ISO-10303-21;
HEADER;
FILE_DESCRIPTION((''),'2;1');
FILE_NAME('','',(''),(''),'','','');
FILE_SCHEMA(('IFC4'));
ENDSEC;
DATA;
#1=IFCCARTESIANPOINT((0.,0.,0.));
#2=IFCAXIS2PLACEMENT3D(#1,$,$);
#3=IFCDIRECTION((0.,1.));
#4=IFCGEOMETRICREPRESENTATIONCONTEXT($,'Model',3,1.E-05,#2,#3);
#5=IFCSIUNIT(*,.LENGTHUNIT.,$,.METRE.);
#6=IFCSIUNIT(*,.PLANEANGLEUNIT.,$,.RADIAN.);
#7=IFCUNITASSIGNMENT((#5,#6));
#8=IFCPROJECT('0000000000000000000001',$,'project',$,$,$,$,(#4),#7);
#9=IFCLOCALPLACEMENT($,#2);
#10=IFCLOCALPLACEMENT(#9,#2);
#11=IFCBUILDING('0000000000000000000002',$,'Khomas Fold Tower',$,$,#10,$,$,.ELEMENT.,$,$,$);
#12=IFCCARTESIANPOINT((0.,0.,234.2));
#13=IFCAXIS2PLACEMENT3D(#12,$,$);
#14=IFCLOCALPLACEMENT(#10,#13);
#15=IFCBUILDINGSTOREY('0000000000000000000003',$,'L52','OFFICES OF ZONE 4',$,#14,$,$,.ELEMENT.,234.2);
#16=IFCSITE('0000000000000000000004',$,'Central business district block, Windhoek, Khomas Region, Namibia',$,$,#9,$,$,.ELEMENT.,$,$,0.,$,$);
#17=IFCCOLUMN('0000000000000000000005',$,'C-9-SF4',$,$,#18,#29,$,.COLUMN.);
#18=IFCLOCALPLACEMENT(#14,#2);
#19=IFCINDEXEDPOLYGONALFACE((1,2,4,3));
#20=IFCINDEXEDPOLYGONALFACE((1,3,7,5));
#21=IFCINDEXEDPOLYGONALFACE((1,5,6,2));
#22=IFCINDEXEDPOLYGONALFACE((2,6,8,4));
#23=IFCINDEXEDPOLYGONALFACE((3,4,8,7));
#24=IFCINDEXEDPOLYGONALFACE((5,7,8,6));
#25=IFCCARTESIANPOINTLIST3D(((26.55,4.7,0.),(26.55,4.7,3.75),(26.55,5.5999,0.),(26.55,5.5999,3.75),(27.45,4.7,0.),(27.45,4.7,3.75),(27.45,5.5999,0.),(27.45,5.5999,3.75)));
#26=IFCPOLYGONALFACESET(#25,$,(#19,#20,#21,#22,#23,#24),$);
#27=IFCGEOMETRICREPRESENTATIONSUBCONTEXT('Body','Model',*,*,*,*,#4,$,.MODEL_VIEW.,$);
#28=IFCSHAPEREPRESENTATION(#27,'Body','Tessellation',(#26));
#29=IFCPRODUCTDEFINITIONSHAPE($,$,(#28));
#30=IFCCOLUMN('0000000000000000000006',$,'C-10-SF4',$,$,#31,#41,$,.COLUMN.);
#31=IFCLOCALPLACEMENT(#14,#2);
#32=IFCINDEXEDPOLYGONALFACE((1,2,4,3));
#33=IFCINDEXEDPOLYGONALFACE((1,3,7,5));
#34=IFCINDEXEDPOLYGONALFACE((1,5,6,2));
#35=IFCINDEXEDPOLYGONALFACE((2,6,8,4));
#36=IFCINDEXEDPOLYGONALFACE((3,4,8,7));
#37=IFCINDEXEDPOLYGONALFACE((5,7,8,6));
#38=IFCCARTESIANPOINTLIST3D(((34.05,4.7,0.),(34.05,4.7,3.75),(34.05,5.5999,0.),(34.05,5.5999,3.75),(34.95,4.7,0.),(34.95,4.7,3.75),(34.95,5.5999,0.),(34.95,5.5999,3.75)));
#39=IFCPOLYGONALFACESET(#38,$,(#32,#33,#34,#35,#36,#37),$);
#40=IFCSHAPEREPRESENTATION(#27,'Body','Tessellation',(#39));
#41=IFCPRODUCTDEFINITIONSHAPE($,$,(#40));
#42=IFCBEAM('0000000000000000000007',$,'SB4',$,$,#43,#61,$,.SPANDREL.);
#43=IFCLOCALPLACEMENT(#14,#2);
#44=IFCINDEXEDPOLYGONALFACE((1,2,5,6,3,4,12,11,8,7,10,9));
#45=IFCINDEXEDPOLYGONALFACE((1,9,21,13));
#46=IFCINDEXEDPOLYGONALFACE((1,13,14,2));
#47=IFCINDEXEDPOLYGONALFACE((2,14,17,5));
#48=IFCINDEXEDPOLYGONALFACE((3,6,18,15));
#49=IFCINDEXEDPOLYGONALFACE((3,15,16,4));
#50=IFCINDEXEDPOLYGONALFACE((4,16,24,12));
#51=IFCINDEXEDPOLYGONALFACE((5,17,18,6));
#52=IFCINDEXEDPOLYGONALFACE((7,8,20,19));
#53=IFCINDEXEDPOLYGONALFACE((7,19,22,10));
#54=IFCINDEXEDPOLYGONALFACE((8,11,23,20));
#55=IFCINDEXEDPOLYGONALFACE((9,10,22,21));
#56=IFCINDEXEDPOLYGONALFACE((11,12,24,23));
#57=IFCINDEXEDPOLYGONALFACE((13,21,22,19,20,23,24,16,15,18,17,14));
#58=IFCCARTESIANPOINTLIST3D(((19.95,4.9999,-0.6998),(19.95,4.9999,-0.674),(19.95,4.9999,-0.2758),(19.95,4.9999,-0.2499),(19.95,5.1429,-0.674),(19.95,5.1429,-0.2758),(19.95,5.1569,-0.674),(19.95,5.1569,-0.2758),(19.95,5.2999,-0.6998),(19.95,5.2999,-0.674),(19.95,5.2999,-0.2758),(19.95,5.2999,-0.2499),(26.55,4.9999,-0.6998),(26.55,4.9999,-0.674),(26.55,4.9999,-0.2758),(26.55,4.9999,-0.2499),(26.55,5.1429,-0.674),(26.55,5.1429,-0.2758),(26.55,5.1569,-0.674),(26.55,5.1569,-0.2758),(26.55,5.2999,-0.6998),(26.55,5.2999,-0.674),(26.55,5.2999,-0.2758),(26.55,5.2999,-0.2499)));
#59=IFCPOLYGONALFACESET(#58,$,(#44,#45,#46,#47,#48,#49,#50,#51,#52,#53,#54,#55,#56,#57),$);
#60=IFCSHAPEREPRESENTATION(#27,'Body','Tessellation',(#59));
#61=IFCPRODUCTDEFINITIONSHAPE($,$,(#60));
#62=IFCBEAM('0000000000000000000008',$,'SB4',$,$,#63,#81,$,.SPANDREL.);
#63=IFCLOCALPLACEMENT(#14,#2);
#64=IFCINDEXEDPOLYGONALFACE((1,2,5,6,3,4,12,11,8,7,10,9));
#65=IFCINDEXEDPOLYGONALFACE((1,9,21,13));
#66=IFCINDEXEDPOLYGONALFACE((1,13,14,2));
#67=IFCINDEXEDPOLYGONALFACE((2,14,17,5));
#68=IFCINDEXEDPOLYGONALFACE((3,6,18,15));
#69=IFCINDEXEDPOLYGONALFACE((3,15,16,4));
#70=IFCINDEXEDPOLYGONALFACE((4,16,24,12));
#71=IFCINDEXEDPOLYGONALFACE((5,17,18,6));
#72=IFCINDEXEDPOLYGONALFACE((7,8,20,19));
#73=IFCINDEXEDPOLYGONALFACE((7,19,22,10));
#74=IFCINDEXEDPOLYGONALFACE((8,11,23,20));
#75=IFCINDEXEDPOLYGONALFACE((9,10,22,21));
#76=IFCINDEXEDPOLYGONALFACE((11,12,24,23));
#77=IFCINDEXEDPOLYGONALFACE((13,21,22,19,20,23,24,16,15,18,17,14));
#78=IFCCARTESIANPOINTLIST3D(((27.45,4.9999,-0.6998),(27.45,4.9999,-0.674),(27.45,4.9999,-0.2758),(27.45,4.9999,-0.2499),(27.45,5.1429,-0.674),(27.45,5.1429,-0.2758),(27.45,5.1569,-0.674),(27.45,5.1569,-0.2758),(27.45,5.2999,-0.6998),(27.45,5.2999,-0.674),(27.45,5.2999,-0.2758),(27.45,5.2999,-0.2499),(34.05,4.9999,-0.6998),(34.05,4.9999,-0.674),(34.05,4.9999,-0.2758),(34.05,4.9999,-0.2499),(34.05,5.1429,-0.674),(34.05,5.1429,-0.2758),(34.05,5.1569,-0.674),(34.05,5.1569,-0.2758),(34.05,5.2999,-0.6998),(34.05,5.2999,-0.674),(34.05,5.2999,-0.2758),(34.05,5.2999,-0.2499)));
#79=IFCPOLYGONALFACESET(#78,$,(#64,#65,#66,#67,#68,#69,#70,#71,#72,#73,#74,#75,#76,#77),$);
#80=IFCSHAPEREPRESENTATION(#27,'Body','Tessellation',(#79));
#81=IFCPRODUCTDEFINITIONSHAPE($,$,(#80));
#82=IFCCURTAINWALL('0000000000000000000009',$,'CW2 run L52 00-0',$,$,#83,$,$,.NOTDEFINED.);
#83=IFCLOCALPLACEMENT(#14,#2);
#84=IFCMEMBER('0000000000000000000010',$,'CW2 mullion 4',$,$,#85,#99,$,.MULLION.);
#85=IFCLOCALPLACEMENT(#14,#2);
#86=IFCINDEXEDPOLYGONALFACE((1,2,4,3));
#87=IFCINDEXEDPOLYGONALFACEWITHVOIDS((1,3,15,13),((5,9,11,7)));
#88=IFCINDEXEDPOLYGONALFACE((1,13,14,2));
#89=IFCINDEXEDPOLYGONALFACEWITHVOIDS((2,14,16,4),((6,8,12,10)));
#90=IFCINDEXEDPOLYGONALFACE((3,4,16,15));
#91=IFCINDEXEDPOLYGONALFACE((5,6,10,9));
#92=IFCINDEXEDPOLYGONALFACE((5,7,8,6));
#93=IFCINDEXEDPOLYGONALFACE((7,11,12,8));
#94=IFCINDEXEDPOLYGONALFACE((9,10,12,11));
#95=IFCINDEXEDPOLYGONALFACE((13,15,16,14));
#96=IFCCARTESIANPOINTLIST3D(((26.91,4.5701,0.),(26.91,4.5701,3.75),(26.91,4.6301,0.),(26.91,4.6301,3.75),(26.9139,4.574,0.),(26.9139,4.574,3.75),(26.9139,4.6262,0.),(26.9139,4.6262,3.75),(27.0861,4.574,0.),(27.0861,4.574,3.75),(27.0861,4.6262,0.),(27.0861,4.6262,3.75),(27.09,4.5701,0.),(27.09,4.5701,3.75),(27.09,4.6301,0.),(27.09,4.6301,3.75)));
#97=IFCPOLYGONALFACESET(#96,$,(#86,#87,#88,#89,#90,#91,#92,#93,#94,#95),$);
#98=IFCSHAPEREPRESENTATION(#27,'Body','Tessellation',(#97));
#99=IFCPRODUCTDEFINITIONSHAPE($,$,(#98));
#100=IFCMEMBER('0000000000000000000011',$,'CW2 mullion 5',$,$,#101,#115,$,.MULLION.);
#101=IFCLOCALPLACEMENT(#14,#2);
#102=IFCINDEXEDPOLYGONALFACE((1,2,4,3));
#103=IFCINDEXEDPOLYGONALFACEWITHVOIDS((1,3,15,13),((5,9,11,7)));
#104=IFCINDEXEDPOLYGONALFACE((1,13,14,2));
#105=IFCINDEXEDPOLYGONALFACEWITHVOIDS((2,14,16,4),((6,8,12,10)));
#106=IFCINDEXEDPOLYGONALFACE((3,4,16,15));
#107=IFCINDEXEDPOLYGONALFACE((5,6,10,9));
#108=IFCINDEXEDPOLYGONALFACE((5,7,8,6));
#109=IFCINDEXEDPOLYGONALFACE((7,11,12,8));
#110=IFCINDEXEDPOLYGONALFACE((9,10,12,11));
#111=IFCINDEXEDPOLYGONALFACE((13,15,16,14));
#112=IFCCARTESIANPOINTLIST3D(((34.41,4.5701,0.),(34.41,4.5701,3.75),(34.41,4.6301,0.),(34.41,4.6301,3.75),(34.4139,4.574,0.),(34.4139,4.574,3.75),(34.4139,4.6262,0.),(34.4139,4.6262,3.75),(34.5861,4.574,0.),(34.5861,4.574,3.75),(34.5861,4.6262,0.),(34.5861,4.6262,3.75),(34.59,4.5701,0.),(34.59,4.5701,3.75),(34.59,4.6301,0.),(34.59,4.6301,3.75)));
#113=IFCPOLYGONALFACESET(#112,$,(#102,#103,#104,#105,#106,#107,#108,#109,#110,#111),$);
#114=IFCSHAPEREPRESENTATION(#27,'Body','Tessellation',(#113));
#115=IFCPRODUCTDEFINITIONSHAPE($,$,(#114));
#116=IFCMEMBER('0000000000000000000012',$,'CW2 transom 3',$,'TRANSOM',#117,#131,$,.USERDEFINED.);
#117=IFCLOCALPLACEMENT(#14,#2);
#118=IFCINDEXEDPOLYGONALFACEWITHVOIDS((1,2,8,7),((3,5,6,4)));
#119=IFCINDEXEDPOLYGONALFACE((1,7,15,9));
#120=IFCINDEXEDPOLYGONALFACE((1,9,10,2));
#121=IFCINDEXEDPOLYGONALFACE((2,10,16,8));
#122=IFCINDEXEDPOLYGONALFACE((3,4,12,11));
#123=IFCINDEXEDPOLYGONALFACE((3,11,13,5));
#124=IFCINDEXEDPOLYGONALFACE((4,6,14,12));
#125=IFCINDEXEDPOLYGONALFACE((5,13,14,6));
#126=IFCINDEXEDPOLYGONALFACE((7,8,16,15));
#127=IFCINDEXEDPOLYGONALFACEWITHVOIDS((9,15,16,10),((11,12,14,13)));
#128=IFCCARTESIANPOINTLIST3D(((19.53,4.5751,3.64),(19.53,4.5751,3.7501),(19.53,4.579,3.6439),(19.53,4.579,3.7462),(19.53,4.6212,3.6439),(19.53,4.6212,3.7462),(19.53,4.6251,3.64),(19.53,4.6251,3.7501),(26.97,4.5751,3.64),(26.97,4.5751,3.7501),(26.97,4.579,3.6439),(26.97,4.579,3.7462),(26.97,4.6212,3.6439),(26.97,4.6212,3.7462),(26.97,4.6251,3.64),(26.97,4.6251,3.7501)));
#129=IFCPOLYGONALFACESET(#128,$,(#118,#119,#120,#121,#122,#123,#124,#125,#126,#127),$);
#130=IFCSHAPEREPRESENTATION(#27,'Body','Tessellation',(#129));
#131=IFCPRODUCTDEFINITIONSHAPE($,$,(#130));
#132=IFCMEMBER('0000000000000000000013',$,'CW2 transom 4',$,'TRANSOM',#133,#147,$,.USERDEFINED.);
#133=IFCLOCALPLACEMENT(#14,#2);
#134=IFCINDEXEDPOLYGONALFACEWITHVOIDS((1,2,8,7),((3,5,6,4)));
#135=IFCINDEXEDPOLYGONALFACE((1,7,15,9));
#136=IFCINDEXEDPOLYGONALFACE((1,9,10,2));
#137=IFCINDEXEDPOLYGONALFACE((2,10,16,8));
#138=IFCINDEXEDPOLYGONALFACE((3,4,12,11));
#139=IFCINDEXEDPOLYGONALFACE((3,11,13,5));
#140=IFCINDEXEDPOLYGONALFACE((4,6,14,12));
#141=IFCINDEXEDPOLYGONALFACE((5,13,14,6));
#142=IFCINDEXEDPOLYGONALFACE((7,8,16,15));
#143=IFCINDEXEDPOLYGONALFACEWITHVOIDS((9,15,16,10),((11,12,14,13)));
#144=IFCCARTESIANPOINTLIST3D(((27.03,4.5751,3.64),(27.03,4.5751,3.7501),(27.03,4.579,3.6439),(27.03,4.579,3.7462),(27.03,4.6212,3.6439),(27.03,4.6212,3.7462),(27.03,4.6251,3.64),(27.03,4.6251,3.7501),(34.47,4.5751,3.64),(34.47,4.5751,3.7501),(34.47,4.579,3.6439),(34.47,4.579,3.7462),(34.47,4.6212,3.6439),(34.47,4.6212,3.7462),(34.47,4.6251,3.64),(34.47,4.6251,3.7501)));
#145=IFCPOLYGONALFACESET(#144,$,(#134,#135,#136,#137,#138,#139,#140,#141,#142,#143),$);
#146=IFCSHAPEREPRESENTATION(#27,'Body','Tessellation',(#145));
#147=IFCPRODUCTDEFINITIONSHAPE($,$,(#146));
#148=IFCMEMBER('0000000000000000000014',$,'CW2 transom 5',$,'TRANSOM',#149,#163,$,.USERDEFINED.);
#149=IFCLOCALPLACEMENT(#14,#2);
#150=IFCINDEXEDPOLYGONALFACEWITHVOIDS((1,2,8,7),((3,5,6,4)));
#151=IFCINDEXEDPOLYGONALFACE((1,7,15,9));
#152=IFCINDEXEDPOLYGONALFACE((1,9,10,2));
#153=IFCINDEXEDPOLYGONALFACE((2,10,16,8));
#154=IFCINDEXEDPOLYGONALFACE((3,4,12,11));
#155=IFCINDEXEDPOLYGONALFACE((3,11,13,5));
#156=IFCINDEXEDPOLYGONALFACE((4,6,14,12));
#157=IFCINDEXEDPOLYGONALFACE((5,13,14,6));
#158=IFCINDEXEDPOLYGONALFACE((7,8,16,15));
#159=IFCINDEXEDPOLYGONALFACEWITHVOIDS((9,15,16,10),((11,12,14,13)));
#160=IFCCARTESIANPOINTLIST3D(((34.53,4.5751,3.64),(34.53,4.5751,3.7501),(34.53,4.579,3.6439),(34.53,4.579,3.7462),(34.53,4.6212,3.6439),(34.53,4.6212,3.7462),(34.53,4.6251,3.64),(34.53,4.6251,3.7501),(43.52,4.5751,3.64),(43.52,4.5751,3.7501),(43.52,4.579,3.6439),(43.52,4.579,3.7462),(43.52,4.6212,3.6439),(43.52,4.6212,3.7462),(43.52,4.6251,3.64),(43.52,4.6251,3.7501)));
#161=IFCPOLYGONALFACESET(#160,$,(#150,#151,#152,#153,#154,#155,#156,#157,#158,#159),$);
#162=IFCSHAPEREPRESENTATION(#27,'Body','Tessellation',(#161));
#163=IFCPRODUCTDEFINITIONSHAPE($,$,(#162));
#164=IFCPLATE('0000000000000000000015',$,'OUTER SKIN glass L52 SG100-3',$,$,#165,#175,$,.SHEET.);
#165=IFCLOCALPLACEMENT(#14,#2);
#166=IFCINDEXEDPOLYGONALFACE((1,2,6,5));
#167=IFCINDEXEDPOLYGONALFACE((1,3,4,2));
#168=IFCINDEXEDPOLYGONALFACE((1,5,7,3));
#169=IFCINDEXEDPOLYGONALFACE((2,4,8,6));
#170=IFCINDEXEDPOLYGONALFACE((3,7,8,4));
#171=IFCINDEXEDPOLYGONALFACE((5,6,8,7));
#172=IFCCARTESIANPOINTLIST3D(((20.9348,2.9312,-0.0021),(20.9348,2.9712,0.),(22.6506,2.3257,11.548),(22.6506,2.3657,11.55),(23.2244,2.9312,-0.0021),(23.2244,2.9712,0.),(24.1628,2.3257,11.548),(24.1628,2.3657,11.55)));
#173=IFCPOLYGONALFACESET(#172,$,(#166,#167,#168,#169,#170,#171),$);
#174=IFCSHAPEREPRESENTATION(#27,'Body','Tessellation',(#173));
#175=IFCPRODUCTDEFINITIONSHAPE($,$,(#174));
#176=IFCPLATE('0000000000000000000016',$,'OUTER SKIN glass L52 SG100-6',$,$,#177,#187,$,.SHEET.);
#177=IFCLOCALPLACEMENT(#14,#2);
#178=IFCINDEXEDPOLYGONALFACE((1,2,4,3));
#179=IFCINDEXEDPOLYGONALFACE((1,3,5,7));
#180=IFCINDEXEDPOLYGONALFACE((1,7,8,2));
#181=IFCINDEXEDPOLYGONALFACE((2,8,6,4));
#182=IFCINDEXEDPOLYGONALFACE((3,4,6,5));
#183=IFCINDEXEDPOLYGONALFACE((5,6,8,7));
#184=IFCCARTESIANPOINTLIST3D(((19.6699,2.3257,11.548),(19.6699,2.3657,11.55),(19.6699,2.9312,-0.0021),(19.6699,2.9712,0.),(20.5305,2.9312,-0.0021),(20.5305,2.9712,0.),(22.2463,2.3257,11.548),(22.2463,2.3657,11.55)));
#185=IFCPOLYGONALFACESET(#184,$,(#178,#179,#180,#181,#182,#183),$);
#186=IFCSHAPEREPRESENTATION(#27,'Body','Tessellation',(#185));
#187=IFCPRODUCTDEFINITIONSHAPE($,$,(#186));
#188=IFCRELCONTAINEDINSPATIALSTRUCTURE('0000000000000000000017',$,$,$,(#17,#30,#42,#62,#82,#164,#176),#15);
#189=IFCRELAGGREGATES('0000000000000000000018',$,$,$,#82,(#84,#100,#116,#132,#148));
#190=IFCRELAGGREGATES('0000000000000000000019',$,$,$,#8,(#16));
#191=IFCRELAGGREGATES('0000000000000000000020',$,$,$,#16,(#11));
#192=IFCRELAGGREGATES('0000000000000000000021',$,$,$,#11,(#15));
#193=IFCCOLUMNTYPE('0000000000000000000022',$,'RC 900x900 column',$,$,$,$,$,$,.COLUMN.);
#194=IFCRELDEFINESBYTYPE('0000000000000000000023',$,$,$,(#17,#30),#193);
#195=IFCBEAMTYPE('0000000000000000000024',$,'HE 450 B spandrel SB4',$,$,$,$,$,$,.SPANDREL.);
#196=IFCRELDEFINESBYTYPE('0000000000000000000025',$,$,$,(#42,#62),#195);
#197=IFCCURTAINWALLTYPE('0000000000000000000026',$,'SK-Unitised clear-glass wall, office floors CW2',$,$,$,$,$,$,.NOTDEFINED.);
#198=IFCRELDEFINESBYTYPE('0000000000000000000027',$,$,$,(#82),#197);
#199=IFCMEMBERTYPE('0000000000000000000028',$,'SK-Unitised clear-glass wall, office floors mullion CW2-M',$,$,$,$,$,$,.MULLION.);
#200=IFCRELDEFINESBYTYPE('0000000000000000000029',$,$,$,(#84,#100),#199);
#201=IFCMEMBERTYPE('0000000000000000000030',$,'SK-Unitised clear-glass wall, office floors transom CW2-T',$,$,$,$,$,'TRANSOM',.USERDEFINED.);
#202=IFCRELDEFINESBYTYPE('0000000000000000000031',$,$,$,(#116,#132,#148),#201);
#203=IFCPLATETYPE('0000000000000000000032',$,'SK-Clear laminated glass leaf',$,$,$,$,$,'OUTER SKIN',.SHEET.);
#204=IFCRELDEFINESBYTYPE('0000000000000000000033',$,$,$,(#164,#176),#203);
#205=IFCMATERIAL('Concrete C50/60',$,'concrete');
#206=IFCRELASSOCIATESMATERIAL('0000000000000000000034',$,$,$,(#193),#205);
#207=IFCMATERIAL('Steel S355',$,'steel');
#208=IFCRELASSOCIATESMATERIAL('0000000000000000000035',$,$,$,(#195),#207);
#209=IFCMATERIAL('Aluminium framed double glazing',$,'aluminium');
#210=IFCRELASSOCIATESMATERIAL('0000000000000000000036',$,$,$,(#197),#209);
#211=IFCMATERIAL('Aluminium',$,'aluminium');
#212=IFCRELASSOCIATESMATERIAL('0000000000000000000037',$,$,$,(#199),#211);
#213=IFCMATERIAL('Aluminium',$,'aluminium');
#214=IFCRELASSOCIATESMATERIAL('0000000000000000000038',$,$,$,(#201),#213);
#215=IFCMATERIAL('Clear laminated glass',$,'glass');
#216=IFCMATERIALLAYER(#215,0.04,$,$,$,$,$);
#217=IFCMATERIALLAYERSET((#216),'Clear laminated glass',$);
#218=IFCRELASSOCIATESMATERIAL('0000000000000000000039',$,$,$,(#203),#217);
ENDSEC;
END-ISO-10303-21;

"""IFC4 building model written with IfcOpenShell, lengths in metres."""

from ifc_helpers import new_model, si_unit, direction, frame, origin, origin_2d, place, context, subcontext, project, spatial, polyline, rectangle, hollow_rectangle, i_section, outline, extrude, source, transform, mapped, material, layer, layer_set, material_profile, profile_set, type_object, element, aggregate, save


model = new_model("IFC4")

# Units and contexts
model_context = context("Model", 3, precision=1e-05, world=origin(), true_north=direction((0.0, 1.0)))
body_context = subcontext(model_context, "Body", "Model", "MODEL_VIEW")
ifc_project = project(units=[si_unit("LENGTHUNIT", "METRE"), si_unit("PLANEANGLEUNIT", "RADIAN")], contexts=[model_context])

# Site, building, storey
site_placement = place(None, origin())
site = spatial("IfcSite", under=ifc_project, at=site_placement, Name="Central business district block, Windhoek, Khomas Region, Namibia", CompositionType="ELEMENT", RefElevation=0.0)
building_placement = place(site_placement, origin())
building = spatial("IfcBuilding", under=site, at=building_placement, Name="Khomas Fold Tower", CompositionType="ELEMENT")
storey_placement = place(building_placement, frame((0.0, 0.0, 234.2)))
storey = spatial("IfcBuildingStorey", under=building, at=storey_placement, Name="L52", Description="OFFICES OF ZONE 4", CompositionType="ELEMENT", Elevation=234.2)

# Columns
ifc_material_1 = material(Name="Concrete C50/60", Category="concrete")
ifc_material_profile_1 = material_profile(ifc_material_1, rectangle(XDim=0.8999, YDim=0.8999, at=origin_2d()), Name="RC 900x900")
ifc_profile_set_1 = profile_set([ifc_material_profile_1], Name="Concrete C50/60")
column_type = type_object("IfcColumnType", Name="RC 900x900 column", PredefinedType="COLUMN", material=ifc_profile_set_1)
shared_shape_1 = source(origin(), body_context, "Body", "SweptSolid", [
    extrude(rectangle(XDim=0.8999, YDim=0.8999, at=origin_2d()), origin(), (0.0, 0.0, 1.0), 3.75),
])
for number, where, z_axis, x_axis, name in (
    (1, (27.0, 5.1499, 0.0), (0.0, 0.0, 1.0), (1.0, 0.0, 0.0), "C-9-SF4"),
    (2, (34.5, 5.1499, 0.0), (0.0, 0.0, 1.0), (1.0, 0.0, 0.0), "C-10-SF4"),
):
    element("IfcColumn", number, at=place(storey_placement, frame(where, z_axis=z_axis, x_axis=x_axis)), inside=storey, type_object=column_type, Name=name, PredefinedType="COLUMN", context=body_context, shape_type="MappedRepresentation", body=[
        mapped(shared_shape_1, transform((0.0, 0.0, 0.0))),
    ])

# Beams
ifc_material_2 = material(Name="Steel S355", Category="steel")
ifc_material_profile_2 = material_profile(ifc_material_2, i_section(OverallWidth=0.3, OverallDepth=0.45, WebThickness=0.0139, FlangeThickness=0.0259, at=origin_2d()), Name="HE 450 B")
ifc_profile_set_2 = profile_set([ifc_material_profile_2], Name="Steel S355")
beam_type = type_object("IfcBeamType", Name="HE 450 B spandrel SB4", PredefinedType="SPANDREL", material=ifc_profile_set_2)
shared_shape_2 = source(origin(), body_context, "Body", "SweptSolid", [
    extrude(i_section(OverallWidth=0.3, OverallDepth=0.45, WebThickness=0.0139, FlangeThickness=0.0259, at=origin_2d()), origin(), (0.0, 0.0, 1.0), 6.6001),
])
for number, where, z_axis, x_axis, name in (
    (3, (19.95, 5.1499, -0.4749), (1.0, 0.0, 0.0), (0.0, 1.0, 0.0), "SB4"),
    (4, (27.45, 5.1499, -0.4749), (1.0, 0.0, 0.0), (0.0, 1.0, 0.0), "SB4"),
):
    element("IfcBeam", number, at=place(storey_placement, frame(where, z_axis=z_axis, x_axis=x_axis)), inside=storey, type_object=beam_type, Name=name, PredefinedType="SPANDREL", context=body_context, shape_type="MappedRepresentation", body=[
        mapped(shared_shape_2, transform((0.0, 0.0, 0.0))),
    ])

# Curtain wall, members
ifc_material_3 = material(Name="Aluminium framed double glazing", Category="aluminium")
curtain_wall_type = type_object("IfcCurtainWallType", Name="SK-Unitised clear-glass wall, office floors CW2", PredefinedType="NOTDEFINED", material=ifc_material_3)
curtain_wall_placement = place(storey_placement, origin())
curtain_wall = element("IfcCurtainWall", 5, at=curtain_wall_placement, inside=storey, type_object=curtain_wall_type, Name="CW2 run L52 00-0", PredefinedType="NOTDEFINED")
ifc_material_4 = material(Name="Aluminium", Category="aluminium")
ifc_material_profile_3 = material_profile(ifc_material_4, hollow_rectangle(XDim=0.0601, YDim=0.1799, WallThickness=0.0039, at=origin_2d()), Name="SK-Unitised clear-glass wall, office floors mullion CW2-M")
ifc_profile_set_3 = profile_set([ifc_material_profile_3], Name="Aluminium")
member_type_1 = type_object("IfcMemberType", Name="SK-Unitised clear-glass wall, office floors mullion CW2-M", PredefinedType="MULLION", material=ifc_profile_set_3)
shared_shape_3 = source(origin(), body_context, "Body", "SweptSolid", [
    extrude(hollow_rectangle(XDim=0.0601, YDim=0.1799, WallThickness=0.0039, at=origin_2d()), origin(), (0.0, 0.0, 1.0), 3.75),
])
member_1_placement = place(storey_placement, frame((27.0, 4.6001, 0.0), z_axis=(0.0, 0.0, 1.0), x_axis=(0.0, 1.0, 0.0)))
member_1 = element("IfcMember", 6, at=member_1_placement, type_object=member_type_1, Name="CW2 mullion 4", PredefinedType="MULLION", context=body_context, shape_type="MappedRepresentation", body=[
    mapped(shared_shape_3, transform((0.0, 0.0, 0.0))),
])
member_2_placement = place(storey_placement, frame((34.5, 4.6001, 0.0), z_axis=(0.0, 0.0, 1.0), x_axis=(0.0, 1.0, 0.0)))
member_2 = element("IfcMember", 7, at=member_2_placement, type_object=member_type_1, Name="CW2 mullion 5", PredefinedType="MULLION", context=body_context, shape_type="MappedRepresentation", body=[
    mapped(shared_shape_3, transform((0.0, 0.0, 0.0))),
])
ifc_material_5 = material(Name="Aluminium", Category="aluminium")
ifc_material_profile_4 = material_profile(ifc_material_5, hollow_rectangle(XDim=0.05, YDim=0.1101, WallThickness=0.0039, at=origin_2d()), Name="SK-Unitised clear-glass wall, office floors transom CW2-T")
ifc_profile_set_4 = profile_set([ifc_material_profile_4], Name="Aluminium")
member_type_2 = type_object("IfcMemberType", Name="SK-Unitised clear-glass wall, office floors transom CW2-T", ElementType="TRANSOM", PredefinedType="USERDEFINED", material=ifc_profile_set_4)
shared_shape_4 = source(origin(), body_context, "Body", "SweptSolid", [
    extrude(hollow_rectangle(XDim=0.05, YDim=0.1101, WallThickness=0.0039, at=origin_2d()), origin(), (0.0, 0.0, 1.0), 7.4399),
])
member_3_placement = place(storey_placement, frame((19.53, 4.6001, 3.6951), z_axis=(1.0, 0.0, 0.0), x_axis=(0.0, 1.0, 0.0)))
member_3 = element("IfcMember", 8, at=member_3_placement, type_object=member_type_2, Name="CW2 transom 3", ObjectType="TRANSOM", PredefinedType="USERDEFINED", context=body_context, shape_type="MappedRepresentation", body=[
    mapped(shared_shape_4, transform((0.0, 0.0, 0.0))),
])
member_4_placement = place(storey_placement, frame((27.03, 4.6001, 3.6951), z_axis=(1.0, 0.0, 0.0), x_axis=(0.0, 1.0, 0.0)))
member_4 = element("IfcMember", 9, at=member_4_placement, type_object=member_type_2, Name="CW2 transom 4", ObjectType="TRANSOM", PredefinedType="USERDEFINED", context=body_context, shape_type="MappedRepresentation", body=[
    mapped(shared_shape_4, transform((0.0, 0.0, 0.0))),
])
shared_shape_5 = source(origin(), body_context, "Body", "SweptSolid", [
    extrude(hollow_rectangle(XDim=0.05, YDim=0.1101, WallThickness=0.0039, at=origin_2d()), origin(), (0.0, 0.0, 1.0), 8.99),
])
member_5_placement = place(storey_placement, frame((34.53, 4.6001, 3.6951), z_axis=(1.0, 0.0, 0.0), x_axis=(0.0, 1.0, 0.0)))
member_5 = element("IfcMember", 10, at=member_5_placement, type_object=member_type_2, Name="CW2 transom 5", ObjectType="TRANSOM", PredefinedType="USERDEFINED", context=body_context, shape_type="MappedRepresentation", body=[
    mapped(shared_shape_5, transform((0.0, 0.0, 0.0))),
])

# Plates
ifc_material_6 = material(Name="Clear laminated glass", Category="glass")
ifc_layer_1 = layer(ifc_material_6, 0.04)
ifc_layer_set_1 = layer_set([ifc_layer_1], Name="Clear laminated glass")
plate_type_1 = type_object("IfcPlateType", Name="SK-Clear laminated glass leaf", ElementType="OUTER SKIN", PredefinedType="SHEET", material=ifc_layer_set_1)
plate_1_placement = place(storey_placement, frame((23.2244, 2.9712, 0.0), z_axis=(0.0, 0.998629, 0.052349), x_axis=(-1.0, 0.0, 0.0)))
element("IfcPlate", 11, at=plate_1_placement, inside=storey, type_object=plate_type_1, Name="OUTER SKIN glass L52 SG100-3", PredefinedType="SHEET", context=body_context, shape_type="SweptSolid", body=[
    extrude(outline(polyline([(0.0, 0.0), (2.2896, 0.0), (0.5737, 11.5659), (-0.9385, 11.5659), (0.0, 0.0)])), origin(), (0.0, 0.0, -1.0), 0.04),
])
plate_2_placement = place(storey_placement, frame((20.5305, 2.9712, 0.0), z_axis=(0.0, 0.998629, 0.052349), x_axis=(-1.0, 0.0, 0.0)))
element("IfcPlate", 12, at=plate_2_placement, inside=storey, type_object=plate_type_1, Name="OUTER SKIN glass L52 SG100-6", PredefinedType="SHEET", context=body_context, shape_type="SweptSolid", body=[
    extrude(outline(polyline([(0.0, 0.0), (0.8606, 0.0), (0.8606, 11.5659), (-1.7158, 11.5659), (0.0, 0.0)])), origin(), (0.0, 0.0, -1.0), 0.04),
])

aggregate(curtain_wall, [member_1, member_2, member_3, member_4, member_5])

save(model, "model.ifc")
